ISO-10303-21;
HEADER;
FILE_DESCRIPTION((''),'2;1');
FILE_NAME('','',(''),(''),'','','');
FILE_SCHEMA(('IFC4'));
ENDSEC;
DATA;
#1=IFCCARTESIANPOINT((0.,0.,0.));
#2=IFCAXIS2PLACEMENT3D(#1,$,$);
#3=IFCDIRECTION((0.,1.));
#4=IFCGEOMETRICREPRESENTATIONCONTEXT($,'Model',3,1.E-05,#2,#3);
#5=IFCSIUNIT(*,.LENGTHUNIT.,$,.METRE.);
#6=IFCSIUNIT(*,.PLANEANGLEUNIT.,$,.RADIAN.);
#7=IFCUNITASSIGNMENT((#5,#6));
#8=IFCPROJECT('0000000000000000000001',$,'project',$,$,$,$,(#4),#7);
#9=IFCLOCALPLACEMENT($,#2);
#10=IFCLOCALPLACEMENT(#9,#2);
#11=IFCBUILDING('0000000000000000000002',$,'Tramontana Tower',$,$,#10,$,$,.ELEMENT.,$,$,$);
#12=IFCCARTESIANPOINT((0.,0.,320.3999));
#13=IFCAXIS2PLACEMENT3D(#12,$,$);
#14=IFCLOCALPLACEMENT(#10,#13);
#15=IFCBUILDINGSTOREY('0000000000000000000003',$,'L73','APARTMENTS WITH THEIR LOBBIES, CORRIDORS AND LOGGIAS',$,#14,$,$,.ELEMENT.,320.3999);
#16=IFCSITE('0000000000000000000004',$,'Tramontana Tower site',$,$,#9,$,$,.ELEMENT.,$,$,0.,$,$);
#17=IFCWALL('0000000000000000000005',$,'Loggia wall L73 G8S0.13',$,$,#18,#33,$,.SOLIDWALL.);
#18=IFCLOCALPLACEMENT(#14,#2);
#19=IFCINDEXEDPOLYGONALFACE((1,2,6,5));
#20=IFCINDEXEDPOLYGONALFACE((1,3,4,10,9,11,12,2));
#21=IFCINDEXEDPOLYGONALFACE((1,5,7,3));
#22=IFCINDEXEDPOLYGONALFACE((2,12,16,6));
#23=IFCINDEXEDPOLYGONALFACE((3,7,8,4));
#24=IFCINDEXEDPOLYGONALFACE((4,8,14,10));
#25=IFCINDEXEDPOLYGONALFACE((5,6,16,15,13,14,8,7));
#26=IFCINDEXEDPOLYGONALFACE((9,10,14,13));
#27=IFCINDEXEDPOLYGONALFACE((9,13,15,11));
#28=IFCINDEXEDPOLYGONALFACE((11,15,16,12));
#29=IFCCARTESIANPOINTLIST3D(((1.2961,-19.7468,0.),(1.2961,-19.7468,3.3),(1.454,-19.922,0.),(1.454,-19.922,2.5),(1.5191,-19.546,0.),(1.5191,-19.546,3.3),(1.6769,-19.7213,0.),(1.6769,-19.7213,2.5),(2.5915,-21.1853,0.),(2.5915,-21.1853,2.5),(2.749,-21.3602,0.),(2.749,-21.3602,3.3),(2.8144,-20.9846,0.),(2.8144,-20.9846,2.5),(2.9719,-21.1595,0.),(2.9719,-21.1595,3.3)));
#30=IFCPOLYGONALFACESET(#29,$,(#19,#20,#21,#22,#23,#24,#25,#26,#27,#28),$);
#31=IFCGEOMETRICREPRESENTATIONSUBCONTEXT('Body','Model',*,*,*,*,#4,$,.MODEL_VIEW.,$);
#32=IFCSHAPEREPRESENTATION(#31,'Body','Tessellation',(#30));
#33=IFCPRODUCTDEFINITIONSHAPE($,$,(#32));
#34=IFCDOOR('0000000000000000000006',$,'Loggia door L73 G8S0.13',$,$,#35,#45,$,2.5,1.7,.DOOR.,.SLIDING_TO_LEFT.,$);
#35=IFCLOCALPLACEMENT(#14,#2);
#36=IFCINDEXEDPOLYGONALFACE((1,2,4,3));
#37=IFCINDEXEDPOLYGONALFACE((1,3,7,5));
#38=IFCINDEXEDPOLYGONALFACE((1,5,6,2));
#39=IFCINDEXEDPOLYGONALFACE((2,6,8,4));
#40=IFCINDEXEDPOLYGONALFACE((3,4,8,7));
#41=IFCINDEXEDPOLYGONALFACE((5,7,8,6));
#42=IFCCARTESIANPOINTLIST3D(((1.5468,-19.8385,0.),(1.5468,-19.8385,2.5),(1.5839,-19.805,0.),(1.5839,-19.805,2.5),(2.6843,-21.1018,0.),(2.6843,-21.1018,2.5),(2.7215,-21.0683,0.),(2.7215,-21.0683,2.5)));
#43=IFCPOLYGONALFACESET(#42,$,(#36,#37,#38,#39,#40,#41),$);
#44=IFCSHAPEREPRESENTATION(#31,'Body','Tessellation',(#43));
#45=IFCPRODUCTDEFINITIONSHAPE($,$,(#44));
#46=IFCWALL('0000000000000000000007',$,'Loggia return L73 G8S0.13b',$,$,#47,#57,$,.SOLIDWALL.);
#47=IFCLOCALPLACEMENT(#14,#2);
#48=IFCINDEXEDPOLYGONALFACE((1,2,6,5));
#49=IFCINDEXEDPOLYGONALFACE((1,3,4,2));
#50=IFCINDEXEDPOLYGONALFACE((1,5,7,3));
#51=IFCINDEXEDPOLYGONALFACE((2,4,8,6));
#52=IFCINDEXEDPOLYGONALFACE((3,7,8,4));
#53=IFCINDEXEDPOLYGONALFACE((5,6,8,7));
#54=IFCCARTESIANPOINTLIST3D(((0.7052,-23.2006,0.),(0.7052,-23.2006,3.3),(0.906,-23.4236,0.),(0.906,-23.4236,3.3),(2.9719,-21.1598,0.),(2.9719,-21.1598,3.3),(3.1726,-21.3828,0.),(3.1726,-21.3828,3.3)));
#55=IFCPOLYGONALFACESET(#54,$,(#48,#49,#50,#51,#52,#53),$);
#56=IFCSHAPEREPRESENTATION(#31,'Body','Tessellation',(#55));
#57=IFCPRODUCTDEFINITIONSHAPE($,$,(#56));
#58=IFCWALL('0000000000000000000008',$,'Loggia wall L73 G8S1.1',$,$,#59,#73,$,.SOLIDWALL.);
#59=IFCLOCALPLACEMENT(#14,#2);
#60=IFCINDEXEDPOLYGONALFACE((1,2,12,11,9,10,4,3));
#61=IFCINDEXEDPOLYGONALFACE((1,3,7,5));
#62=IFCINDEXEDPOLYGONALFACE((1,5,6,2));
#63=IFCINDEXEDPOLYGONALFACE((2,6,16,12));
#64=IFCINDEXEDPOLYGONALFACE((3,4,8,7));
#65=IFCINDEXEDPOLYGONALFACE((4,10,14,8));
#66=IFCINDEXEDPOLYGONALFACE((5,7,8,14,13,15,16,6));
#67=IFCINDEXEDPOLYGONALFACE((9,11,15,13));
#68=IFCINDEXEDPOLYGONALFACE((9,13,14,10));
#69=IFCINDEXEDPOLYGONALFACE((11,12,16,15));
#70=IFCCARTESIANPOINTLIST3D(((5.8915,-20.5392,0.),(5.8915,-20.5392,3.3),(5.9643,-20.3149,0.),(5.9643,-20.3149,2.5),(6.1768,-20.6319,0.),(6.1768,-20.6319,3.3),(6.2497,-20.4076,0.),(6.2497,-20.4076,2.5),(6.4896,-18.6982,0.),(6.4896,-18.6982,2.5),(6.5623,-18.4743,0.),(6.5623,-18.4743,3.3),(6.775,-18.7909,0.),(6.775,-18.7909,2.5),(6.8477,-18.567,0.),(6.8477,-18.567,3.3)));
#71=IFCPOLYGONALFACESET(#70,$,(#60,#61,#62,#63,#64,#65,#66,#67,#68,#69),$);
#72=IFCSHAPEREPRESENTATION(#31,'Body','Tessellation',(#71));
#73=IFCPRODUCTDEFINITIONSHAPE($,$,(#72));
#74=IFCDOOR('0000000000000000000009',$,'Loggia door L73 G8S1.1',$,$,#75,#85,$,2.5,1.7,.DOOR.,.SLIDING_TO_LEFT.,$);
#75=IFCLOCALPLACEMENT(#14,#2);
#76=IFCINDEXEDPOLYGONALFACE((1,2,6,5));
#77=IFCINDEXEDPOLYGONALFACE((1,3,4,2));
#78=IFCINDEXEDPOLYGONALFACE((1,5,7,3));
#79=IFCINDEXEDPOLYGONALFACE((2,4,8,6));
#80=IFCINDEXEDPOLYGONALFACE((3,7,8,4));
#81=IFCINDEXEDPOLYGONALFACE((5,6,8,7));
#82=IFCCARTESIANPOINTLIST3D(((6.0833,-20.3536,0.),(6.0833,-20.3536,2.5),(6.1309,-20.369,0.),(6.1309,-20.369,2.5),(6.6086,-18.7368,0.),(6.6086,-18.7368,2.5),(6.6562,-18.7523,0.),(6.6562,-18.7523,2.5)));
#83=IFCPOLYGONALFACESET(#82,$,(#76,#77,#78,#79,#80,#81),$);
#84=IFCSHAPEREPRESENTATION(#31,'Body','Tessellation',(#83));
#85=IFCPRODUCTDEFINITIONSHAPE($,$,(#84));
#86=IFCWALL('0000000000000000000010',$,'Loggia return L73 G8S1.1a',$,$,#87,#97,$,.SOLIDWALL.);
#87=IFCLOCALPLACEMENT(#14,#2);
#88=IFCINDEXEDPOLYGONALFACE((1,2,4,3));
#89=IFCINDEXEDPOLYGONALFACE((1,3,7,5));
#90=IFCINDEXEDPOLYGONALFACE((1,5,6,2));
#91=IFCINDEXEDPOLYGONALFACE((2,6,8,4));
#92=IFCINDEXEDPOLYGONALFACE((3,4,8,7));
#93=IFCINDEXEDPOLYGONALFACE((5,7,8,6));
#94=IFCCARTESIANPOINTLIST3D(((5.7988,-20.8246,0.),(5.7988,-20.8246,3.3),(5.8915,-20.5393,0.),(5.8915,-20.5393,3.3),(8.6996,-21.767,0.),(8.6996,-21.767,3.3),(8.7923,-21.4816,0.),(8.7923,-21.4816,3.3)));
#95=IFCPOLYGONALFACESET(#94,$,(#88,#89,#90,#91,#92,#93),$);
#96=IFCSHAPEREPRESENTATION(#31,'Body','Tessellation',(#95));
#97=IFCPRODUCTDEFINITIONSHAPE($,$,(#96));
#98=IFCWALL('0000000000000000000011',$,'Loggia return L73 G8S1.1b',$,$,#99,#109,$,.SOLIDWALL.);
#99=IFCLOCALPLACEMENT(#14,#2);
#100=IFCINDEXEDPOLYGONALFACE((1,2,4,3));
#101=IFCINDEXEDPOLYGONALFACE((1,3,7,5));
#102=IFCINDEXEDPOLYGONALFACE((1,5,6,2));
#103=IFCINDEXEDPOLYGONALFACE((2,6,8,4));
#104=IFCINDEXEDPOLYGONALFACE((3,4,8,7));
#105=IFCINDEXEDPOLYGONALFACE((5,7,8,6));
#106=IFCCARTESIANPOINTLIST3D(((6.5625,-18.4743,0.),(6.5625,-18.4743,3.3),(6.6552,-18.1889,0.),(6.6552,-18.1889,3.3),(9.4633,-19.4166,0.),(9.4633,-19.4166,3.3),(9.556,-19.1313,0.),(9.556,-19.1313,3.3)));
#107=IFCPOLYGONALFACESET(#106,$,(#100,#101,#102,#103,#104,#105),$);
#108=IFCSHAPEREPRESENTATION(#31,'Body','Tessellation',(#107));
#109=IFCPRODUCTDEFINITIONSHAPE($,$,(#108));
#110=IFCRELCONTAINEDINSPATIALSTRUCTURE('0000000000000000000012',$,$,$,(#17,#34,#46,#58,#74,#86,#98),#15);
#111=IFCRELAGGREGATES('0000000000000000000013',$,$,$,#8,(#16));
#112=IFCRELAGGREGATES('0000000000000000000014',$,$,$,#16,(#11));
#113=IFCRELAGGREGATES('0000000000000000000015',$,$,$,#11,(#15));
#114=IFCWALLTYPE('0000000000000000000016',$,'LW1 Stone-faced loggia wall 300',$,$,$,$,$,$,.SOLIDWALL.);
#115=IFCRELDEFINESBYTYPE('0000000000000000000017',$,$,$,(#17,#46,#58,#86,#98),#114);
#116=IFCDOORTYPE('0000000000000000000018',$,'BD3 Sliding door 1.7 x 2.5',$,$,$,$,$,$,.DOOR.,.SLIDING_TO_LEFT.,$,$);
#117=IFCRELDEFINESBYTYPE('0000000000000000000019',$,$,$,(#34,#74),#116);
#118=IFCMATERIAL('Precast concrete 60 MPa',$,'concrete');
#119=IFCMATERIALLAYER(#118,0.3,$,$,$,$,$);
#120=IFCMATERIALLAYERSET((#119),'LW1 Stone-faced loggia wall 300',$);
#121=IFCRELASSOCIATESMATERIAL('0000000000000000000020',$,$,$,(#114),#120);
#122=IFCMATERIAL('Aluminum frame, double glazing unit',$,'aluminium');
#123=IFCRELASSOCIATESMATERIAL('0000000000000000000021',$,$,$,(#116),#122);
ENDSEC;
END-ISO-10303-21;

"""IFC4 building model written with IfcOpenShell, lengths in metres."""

from ifc_helpers import new_model, si_unit, direction, frame, frame_2d, origin, place, context, subcontext, project, spatial, rectangle, extrude, material, layer, layer_set, type_object, element, fill, save


model = new_model("IFC4")

# Units and contexts
model_context = context("Model", 3, precision=1e-05, world=origin(), true_north=direction((0.0, 1.0)))
body_context = subcontext(model_context, "Body", "Model", "MODEL_VIEW")
ifc_project = project(units=[si_unit("LENGTHUNIT", "METRE"), si_unit("PLANEANGLEUNIT", "RADIAN")], contexts=[model_context])

# Site, building, storey
site_placement = place(None, origin())
site = spatial("IfcSite", under=ifc_project, at=site_placement, Name="Tramontana Tower site", CompositionType="ELEMENT", RefElevation=0.0)
building_placement = place(site_placement, origin())
building = spatial("IfcBuilding", under=site, at=building_placement, Name="Tramontana Tower", CompositionType="ELEMENT")
storey_placement = place(building_placement, frame((0.0, 0.0, 320.3999)))
storey = spatial("IfcBuildingStorey", under=building, at=storey_placement, Name="L73", Description="APARTMENTS WITH THEIR LOBBIES, CORRIDORS AND LOGGIAS", CompositionType="ELEMENT", Elevation=320.3999)

# Wall, opening, door
ifc_material_1 = material(Name="Precast concrete 60 MPa", Category="concrete")
ifc_layer_1 = layer(ifc_material_1, 0.3)
ifc_layer_set_1 = layer_set([ifc_layer_1], Name="LW1 Stone-faced loggia wall 300")
wall_type_1 = type_object("IfcWallType", Name="LW1 Stone-faced loggia wall 300", PredefinedType="SOLIDWALL", material=ifc_layer_set_1)
wall_1_placement = place(storey_placement, frame((1.4077, -19.6465, 0.0), z_axis=(0.0, 0.0, 1.0), x_axis=(0.669145, -0.743132, 0.0)))
wall_1 = element("IfcWall", 1, at=wall_1_placement, inside=storey, type_object=wall_type_1, Name="Loggia wall L73 G8S0.13", PredefinedType="SOLIDWALL", context=body_context, shape_type="SweptSolid", body=[
    extrude(rectangle(XDim=2.1711, YDim=0.3, at=frame_2d((1.0854, 0.0))), origin(), (0.0, 0.0, 1.0), 3.3),
])
opening_1_placement = place(wall_1_placement, frame((0.2356, 0.0, 0.0)))
opening_1 = element("IfcOpeningElement", 2, at=opening_1_placement, cuts=wall_1, PredefinedType="OPENING", context=body_context, shape_type="SweptSolid", body=[
    extrude(rectangle(XDim=1.7, YDim=2.5, at=frame_2d((0.8501, 1.25))), frame((0.0, 0.1599, 0.0), z_axis=(0.0, -1.0, 0.0), x_axis=(1.0, 0.0, 0.0)), (0.0, 0.0, 1.0), 0.3201),
])
ifc_material_2 = material(Name="Aluminum frame, double glazing unit", Category="aluminium")
door_type_1 = type_object("IfcDoorType", Name="BD3 Sliding door 1.7 x 2.5", OperationType="SLIDING_TO_LEFT", PredefinedType="DOOR", material=ifc_material_2)
door_1_placement = place(opening_1_placement, origin())
door_1 = element("IfcDoor", 3, at=door_1_placement, inside=storey, type_object=door_type_1, Name="Loggia door L73 G8S0.13", OperationType="SLIDING_TO_LEFT", OverallHeight=2.5, OverallWidth=1.7, PredefinedType="DOOR", context=body_context, shape_type="SweptSolid", body=[
    extrude(rectangle(XDim=1.7, YDim=2.5, at=frame_2d((0.8501, 1.25))), frame((0.0, 0.0249, 0.0), z_axis=(0.0, -1.0, 0.0), x_axis=(1.0, 0.0, 0.0)), (0.0, 0.0, 1.0), 0.05),
])
fill(opening_1, door_1)

# Wall
wall_2_placement = place(storey_placement, frame((0.8057, -23.312, 0.0), z_axis=(0.0, 0.0, 1.0), x_axis=(0.743159, 0.669115, 0.0)))
element("IfcWall", 4, at=wall_2_placement, inside=storey, type_object=wall_type_1, Name="Loggia return L73 G8S0.13b", PredefinedType="SOLIDWALL", context=body_context, shape_type="SweptSolid", body=[
    extrude(rectangle(XDim=3.05, YDim=0.3, at=frame_2d((1.5249, 0.0))), origin(), (0.0, 0.0, 1.0), 3.3),
])

# Wall, opening, door
wall_3_placement = place(storey_placement, frame((6.0342, -20.5854, 0.0), z_axis=(0.0, 0.0, 1.0), x_axis=(0.309, 0.951062, 0.0)))
wall_3 = element("IfcWall", 5, at=wall_3_placement, inside=storey, type_object=wall_type_1, Name="Loggia wall L73 G8S1.1", PredefinedType="SOLIDWALL", context=body_context, shape_type="SweptSolid", body=[
    extrude(rectangle(XDim=2.1711, YDim=0.3, at=frame_2d((1.0854, 0.0))), origin(), (0.0, 0.0, 1.0), 3.3),
])
opening_2_placement = place(wall_3_placement, frame((0.2356, 0.0, 0.0)))
opening_2 = element("IfcOpeningElement", 6, at=opening_2_placement, cuts=wall_3, PredefinedType="OPENING", context=body_context, shape_type="SweptSolid", body=[
    extrude(rectangle(XDim=1.7, YDim=2.5, at=frame_2d((0.8501, 1.25))), frame((0.0, 0.1599, 0.0), z_axis=(0.0, -1.0, 0.0), x_axis=(1.0, 0.0, 0.0)), (0.0, 0.0, 1.0), 0.3201),
])
door_2_placement = place(opening_2_placement, origin())
door_2 = element("IfcDoor", 7, at=door_2_placement, inside=storey, type_object=door_type_1, Name="Loggia door L73 G8S1.1", OperationType="SLIDING_TO_LEFT", OverallHeight=2.5, OverallWidth=1.7, PredefinedType="DOOR", context=body_context, shape_type="SweptSolid", body=[
    extrude(rectangle(XDim=1.7, YDim=2.5, at=frame_2d((0.8501, 1.25))), frame((0.0, 0.0249, 0.0), z_axis=(0.0, -1.0, 0.0), x_axis=(1.0, 0.0, 0.0)), (0.0, 0.0, 1.0), 0.05),
])
fill(opening_2, door_2)

# Walls
for number, where, z_axis, x_axis, name in (
    (8, (8.7458, -21.6243, 0.0), (0.0, 0.0, 1.0), (-0.951073, 0.308967, 0.0), "Loggia return L73 G8S1.1a"),
    (9, (9.5095, -19.2739, 0.0), (0.0, 0.0, 1.0), (-0.951073, 0.308967, 0.0), "Loggia return L73 G8S1.1b"),
):
    element("IfcWall", number, at=place(storey_placement, frame(where, z_axis=z_axis, x_axis=x_axis)), inside=storey, type_object=wall_type_1, Name=name, PredefinedType="SOLIDWALL", context=body_context, shape_type="SweptSolid", body=[
        extrude(rectangle(XDim=3.05, YDim=0.3, at=frame_2d((1.5249, 0.0))), origin(), (0.0, 0.0, 1.0), 3.3),
    ])

save(model, "model.ifc")
